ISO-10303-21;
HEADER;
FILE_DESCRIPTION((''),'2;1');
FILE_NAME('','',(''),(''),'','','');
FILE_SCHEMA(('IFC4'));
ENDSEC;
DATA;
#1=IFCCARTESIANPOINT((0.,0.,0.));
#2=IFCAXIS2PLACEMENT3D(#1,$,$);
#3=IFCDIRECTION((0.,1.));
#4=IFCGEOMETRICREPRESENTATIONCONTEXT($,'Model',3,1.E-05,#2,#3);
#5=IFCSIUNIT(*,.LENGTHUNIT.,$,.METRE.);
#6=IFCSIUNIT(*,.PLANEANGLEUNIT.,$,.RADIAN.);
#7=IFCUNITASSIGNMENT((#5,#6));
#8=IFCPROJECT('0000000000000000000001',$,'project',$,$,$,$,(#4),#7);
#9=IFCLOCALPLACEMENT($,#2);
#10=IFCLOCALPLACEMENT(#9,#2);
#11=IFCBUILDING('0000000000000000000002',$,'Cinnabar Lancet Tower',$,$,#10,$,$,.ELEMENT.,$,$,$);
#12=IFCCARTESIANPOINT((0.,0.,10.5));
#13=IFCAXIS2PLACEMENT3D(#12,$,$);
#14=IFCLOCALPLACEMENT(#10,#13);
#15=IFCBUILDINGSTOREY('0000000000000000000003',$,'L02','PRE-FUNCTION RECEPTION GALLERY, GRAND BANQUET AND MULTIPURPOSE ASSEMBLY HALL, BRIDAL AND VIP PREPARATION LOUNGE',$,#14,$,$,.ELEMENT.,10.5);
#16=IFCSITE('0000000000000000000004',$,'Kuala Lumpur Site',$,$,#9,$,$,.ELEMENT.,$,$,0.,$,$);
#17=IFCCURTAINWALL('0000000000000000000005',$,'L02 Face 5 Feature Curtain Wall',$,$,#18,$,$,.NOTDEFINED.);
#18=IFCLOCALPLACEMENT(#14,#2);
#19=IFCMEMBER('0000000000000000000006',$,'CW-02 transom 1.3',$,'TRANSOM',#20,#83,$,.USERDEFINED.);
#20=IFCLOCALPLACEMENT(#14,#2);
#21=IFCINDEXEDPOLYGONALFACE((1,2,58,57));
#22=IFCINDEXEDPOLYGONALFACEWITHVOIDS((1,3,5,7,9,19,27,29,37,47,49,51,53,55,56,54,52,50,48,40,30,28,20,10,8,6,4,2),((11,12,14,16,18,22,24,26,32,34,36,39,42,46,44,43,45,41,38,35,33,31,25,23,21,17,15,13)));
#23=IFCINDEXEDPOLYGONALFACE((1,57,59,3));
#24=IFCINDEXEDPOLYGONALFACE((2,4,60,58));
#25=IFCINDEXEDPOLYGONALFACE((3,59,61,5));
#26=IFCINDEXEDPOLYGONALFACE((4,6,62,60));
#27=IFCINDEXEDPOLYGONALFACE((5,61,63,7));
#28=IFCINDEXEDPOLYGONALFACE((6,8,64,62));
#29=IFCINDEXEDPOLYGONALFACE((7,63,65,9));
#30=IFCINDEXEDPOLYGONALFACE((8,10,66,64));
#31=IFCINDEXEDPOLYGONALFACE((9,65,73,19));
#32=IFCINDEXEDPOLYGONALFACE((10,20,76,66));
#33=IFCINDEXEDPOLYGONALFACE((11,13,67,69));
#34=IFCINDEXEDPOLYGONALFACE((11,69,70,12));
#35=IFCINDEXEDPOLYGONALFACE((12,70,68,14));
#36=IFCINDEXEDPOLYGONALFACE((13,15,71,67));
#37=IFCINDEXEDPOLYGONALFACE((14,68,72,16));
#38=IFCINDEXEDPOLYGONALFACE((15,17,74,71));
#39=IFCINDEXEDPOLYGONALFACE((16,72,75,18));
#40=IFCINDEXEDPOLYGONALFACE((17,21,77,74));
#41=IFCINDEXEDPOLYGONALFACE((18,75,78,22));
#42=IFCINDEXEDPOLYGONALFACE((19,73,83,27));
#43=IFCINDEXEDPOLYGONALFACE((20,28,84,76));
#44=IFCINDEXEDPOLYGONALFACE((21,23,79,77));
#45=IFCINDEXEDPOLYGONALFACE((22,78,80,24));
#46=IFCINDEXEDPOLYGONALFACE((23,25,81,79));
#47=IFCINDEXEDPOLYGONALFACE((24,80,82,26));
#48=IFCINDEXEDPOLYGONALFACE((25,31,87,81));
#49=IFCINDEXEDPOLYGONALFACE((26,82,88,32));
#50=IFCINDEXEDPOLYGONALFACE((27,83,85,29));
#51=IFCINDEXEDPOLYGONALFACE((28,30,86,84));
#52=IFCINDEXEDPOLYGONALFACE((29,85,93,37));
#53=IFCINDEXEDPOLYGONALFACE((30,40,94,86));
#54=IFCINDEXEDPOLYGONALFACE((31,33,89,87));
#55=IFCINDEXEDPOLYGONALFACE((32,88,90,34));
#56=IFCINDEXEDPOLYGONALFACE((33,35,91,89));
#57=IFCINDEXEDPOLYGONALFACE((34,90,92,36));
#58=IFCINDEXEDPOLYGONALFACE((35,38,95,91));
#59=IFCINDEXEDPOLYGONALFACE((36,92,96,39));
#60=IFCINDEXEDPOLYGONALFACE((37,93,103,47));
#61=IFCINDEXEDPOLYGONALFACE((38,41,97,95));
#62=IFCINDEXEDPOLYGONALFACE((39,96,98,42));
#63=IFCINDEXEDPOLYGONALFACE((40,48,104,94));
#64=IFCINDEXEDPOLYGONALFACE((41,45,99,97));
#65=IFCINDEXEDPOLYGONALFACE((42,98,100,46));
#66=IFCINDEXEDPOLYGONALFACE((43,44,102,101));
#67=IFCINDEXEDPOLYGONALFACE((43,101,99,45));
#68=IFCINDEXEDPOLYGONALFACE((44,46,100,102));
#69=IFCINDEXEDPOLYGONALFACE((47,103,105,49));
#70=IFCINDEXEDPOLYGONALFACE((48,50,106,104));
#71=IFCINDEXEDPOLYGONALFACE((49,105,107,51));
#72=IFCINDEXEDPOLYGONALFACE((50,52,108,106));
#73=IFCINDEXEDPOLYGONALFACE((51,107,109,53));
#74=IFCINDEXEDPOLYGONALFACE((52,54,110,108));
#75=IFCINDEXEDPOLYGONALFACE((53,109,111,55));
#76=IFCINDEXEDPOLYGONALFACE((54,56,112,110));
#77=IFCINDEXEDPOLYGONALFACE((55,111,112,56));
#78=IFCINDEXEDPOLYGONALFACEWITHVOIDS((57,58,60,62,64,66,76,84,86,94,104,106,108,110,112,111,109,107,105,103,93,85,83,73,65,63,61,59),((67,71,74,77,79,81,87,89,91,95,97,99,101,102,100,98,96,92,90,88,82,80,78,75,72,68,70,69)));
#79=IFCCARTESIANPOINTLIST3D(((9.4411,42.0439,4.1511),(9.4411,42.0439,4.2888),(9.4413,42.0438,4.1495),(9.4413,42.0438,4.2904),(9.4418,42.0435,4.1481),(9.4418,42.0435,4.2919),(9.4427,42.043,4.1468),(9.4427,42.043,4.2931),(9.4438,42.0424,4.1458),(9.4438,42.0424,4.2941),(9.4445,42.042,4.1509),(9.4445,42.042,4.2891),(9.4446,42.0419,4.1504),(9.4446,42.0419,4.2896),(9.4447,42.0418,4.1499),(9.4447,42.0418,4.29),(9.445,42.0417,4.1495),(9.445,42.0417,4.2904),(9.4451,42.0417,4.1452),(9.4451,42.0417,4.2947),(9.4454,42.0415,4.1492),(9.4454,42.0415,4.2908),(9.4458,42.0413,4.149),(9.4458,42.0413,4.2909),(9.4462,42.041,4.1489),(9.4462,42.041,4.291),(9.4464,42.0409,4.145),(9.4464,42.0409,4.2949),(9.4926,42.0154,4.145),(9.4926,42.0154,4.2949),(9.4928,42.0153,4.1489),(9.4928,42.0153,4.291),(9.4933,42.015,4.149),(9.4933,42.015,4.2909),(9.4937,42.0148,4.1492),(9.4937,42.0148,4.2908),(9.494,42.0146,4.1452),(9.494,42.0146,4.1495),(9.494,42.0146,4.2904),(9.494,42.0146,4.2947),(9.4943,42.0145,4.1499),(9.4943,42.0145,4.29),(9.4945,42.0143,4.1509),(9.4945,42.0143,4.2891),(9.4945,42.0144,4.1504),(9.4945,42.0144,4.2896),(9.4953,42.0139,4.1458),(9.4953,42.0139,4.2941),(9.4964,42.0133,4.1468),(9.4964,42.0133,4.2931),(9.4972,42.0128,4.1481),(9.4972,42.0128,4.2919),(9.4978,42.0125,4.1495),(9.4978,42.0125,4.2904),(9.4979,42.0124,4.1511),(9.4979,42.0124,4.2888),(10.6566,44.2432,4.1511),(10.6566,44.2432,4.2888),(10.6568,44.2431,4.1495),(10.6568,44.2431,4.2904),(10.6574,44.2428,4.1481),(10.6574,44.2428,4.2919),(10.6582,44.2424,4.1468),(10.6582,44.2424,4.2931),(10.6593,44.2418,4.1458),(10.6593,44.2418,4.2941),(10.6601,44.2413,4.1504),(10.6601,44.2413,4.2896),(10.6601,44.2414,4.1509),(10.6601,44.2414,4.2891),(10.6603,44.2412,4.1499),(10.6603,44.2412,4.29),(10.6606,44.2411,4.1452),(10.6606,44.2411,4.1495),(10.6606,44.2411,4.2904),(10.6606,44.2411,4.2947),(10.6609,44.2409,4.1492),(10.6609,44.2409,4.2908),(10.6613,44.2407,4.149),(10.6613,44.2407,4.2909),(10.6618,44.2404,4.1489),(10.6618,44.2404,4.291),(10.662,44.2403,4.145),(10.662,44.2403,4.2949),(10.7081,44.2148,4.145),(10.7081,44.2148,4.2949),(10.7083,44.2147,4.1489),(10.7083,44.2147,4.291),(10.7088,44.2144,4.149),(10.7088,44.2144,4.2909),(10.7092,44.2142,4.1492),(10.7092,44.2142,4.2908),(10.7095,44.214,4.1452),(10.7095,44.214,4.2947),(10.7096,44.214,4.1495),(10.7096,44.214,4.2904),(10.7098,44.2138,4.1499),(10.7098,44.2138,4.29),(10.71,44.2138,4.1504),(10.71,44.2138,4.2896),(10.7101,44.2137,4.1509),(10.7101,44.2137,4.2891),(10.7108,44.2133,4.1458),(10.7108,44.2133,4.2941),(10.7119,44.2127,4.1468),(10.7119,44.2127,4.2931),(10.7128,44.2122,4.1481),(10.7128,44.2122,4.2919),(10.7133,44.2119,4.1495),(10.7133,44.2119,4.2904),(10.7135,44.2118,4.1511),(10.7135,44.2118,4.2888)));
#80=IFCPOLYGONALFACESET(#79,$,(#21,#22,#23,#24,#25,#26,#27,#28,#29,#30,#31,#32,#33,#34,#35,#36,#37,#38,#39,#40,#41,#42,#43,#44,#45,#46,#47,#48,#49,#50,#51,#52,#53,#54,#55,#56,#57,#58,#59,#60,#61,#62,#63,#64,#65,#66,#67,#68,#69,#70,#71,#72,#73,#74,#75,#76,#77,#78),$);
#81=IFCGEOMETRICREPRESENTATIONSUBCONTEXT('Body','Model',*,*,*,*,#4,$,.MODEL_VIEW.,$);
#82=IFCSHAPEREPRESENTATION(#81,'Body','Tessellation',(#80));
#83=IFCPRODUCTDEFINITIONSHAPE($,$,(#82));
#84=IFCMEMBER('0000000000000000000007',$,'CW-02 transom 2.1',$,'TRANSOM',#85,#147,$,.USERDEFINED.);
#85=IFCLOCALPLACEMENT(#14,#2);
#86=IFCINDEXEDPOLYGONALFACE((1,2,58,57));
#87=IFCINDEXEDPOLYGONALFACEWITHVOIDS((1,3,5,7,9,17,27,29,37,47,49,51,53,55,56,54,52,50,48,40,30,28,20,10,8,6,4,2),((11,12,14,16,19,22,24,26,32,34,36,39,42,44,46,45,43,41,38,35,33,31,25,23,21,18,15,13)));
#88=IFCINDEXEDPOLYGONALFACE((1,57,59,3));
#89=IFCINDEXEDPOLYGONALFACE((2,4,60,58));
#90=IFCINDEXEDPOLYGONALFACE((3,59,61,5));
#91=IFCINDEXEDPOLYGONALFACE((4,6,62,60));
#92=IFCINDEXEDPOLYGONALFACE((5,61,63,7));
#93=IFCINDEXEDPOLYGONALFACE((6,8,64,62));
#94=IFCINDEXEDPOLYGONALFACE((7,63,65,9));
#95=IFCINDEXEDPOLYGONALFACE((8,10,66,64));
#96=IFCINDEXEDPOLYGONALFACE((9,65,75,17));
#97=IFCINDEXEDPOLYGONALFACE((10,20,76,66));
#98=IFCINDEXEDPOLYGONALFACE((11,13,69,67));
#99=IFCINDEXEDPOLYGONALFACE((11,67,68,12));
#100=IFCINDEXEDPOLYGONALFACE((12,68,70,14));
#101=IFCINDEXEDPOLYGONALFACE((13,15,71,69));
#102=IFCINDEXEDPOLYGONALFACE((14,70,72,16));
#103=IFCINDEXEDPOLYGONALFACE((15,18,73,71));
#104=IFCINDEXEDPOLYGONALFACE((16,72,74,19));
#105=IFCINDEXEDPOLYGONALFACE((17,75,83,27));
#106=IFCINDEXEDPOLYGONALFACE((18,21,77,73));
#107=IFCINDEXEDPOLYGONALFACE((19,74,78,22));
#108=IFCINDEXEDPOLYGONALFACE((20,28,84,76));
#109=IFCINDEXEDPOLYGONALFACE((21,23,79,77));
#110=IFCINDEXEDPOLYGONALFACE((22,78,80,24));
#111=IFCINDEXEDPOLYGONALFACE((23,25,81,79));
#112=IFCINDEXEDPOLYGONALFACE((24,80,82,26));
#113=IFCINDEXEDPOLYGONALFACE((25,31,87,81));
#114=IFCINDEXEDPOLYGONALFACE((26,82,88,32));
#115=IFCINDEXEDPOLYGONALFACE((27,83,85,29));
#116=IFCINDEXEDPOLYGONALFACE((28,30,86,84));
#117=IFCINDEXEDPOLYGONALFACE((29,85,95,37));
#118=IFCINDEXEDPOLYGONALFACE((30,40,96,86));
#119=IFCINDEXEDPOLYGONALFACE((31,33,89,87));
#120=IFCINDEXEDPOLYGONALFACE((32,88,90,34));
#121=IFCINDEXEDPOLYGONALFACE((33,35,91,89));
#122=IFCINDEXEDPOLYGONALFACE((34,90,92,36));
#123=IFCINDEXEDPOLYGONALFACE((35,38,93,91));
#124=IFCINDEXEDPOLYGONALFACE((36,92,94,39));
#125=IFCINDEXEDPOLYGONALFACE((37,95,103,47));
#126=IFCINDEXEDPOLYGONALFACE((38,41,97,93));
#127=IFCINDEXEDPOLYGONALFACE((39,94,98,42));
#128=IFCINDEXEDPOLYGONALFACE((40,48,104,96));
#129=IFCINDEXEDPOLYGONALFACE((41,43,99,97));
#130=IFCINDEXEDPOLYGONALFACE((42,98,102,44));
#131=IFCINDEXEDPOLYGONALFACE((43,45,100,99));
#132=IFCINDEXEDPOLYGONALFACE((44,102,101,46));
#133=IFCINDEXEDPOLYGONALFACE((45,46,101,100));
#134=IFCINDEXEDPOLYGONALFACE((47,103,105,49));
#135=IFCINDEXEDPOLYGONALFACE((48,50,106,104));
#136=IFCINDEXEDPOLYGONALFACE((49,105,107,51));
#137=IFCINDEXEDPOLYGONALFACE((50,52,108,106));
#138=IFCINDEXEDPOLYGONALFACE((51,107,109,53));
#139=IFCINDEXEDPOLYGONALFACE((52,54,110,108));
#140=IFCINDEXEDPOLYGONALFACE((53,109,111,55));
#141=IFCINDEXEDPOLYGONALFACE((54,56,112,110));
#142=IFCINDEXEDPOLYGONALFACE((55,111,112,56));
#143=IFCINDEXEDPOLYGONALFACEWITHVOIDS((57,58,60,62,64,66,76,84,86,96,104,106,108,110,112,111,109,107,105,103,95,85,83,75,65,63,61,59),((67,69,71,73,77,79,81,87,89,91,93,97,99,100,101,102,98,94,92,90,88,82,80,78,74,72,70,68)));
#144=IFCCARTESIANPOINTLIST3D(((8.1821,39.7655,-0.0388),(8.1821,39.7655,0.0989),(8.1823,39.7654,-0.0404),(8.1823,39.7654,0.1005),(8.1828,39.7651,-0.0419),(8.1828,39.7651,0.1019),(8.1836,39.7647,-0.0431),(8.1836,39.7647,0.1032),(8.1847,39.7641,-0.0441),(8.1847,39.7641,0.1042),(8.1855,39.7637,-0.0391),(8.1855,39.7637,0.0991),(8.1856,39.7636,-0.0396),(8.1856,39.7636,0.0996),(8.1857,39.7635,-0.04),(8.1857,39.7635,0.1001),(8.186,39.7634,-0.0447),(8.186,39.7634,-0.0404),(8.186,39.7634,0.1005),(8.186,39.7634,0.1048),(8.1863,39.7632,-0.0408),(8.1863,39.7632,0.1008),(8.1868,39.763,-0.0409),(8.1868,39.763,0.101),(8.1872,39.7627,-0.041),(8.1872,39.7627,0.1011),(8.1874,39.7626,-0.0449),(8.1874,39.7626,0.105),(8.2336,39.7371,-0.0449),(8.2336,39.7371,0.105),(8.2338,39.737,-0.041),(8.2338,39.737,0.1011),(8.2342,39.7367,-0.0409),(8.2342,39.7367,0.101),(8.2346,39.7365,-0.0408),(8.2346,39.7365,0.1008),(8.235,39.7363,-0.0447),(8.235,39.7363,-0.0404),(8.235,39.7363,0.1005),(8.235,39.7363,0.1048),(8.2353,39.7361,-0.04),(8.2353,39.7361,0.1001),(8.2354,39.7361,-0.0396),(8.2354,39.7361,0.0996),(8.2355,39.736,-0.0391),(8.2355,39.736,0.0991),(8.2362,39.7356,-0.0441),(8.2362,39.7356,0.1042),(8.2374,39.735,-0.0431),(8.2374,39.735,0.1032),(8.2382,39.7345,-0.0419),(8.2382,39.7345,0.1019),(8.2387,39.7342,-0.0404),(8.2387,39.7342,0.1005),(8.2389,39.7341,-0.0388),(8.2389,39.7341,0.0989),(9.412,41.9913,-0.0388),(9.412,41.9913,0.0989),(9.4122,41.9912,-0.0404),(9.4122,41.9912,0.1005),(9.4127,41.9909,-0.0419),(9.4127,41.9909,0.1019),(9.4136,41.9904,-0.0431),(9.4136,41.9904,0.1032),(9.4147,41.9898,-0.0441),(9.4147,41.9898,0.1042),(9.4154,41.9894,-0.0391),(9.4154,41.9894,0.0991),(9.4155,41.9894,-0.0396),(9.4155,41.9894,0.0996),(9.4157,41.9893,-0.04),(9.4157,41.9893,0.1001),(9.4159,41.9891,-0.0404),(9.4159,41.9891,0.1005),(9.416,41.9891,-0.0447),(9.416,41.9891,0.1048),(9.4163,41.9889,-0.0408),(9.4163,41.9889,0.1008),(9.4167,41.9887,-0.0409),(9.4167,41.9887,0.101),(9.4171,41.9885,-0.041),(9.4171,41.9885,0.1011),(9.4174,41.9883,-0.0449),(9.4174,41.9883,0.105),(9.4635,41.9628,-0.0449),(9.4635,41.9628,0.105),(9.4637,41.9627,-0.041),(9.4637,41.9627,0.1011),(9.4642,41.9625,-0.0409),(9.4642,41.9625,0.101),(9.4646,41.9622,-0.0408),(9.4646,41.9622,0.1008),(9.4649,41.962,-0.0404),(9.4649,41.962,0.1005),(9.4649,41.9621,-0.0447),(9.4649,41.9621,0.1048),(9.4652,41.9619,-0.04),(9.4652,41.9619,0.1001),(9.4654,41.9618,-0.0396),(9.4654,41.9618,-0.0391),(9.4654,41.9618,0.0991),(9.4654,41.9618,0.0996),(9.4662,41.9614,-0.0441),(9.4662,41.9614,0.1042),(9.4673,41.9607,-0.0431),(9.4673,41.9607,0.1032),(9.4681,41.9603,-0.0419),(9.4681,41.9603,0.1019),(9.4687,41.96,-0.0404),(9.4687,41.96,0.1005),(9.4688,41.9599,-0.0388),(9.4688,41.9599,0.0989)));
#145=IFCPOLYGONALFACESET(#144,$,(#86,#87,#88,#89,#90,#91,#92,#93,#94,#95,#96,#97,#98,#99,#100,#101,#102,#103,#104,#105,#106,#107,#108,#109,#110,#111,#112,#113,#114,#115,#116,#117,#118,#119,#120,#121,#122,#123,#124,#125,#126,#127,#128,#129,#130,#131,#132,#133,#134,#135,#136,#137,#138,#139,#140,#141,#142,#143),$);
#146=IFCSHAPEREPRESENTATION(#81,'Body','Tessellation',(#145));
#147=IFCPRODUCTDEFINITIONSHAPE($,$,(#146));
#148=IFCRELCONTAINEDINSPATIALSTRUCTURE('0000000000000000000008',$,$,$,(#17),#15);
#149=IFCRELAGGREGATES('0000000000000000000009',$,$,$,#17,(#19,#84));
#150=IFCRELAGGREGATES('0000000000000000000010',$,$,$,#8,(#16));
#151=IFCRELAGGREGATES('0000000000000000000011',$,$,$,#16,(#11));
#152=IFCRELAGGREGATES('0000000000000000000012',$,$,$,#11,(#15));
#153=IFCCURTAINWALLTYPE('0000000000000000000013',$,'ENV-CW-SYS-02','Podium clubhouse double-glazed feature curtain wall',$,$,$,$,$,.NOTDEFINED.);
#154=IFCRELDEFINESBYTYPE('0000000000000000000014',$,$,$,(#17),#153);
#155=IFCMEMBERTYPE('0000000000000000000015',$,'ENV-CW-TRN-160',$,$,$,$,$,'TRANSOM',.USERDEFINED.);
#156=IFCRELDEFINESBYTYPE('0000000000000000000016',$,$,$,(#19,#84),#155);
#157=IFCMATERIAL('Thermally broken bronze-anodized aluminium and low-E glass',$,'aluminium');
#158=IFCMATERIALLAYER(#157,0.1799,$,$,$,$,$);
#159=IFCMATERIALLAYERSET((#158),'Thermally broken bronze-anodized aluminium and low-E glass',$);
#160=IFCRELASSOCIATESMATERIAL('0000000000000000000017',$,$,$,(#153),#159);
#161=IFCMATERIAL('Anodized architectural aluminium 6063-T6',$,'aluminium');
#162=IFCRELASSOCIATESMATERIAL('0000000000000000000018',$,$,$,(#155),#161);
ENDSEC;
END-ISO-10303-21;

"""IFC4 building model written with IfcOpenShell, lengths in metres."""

from ifc_helpers import new_model, si_unit, direction, frame, origin, origin_2d, place, context, subcontext, project, spatial, hollow_rectangle, extrude, material, layer, layer_set, material_profile, profile_set, type_object, element, aggregate, save


model = new_model("IFC4")

# Units and contexts
model_context = context("Model", 3, precision=1e-05, world=origin(), true_north=direction((0.0, 1.0)))
body_context = subcontext(model_context, "Body", "Model", "MODEL_VIEW")
ifc_project = project(units=[si_unit("LENGTHUNIT", "METRE"), si_unit("PLANEANGLEUNIT", "RADIAN")], contexts=[model_context])

# Site, building, storey
site_placement = place(None, origin())
site = spatial("IfcSite", under=ifc_project, at=site_placement, Name="Kuala Lumpur Site", CompositionType="ELEMENT", RefElevation=0.0)
building_placement = place(site_placement, origin())
building = spatial("IfcBuilding", under=site, at=building_placement, Name="Cinnabar Lancet Tower", CompositionType="ELEMENT")
storey_placement = place(building_placement, frame((0.0, 0.0, 10.5)))
storey = spatial("IfcBuildingStorey", under=building, at=storey_placement, Name="L02", Description="PRE-FUNCTION RECEPTION GALLERY, GRAND BANQUET AND MULTIPURPOSE ASSEMBLY HALL, BRIDAL AND VIP PREPARATION LOUNGE", CompositionType="ELEMENT", Elevation=10.5)

# Curtain wall, members
ifc_material_1 = material(Name="Thermally broken bronze-anodized aluminium and low-E glass", Category="aluminium")
ifc_layer_1 = layer(ifc_material_1, 0.1799)
ifc_layer_set_1 = layer_set([ifc_layer_1], Name="Thermally broken bronze-anodized aluminium and low-E glass")
curtain_wall_type = type_object("IfcCurtainWallType", Name="ENV-CW-SYS-02", Description="Podium clubhouse double-glazed feature curtain wall", PredefinedType="NOTDEFINED", material=ifc_layer_set_1)
curtain_wall_placement = place(storey_placement, origin())
curtain_wall = element("IfcCurtainWall", 1, at=curtain_wall_placement, inside=storey, type_object=curtain_wall_type, Name="L02 Face 5 Feature Curtain Wall", PredefinedType="NOTDEFINED")
ifc_material_2 = material(Name="Anodized architectural aluminium 6063-T6", Category="aluminium")
ifc_material_profile_1 = material_profile(ifc_material_2, hollow_rectangle(XDim=0.0649, YDim=0.1499, WallThickness=0.0039, InnerFilletRadius=0.002, OuterFilletRadius=0.0061, at=origin_2d()), Name="CW-TRN 150x65x4")
ifc_profile_set_1 = profile_set([ifc_material_profile_1], Name="Anodized architectural aluminium 6063-T6")
member_type_1 = type_object("IfcMemberType", Name="ENV-CW-TRN-160", ElementType="TRANSOM", PredefinedType="USERDEFINED", material=ifc_profile_set_1)
member_1_placement = place(storey_placement, frame((10.6851, 44.2275, 4.22), z_axis=(-0.483712, -0.875227, 0.0), x_axis=(0.875227, -0.483712, 0.0)))
member_1 = element("IfcMember", 2, at=member_1_placement, type_object=member_type_1, Name="CW-02 transom 1.3", ObjectType="TRANSOM", PredefinedType="USERDEFINED", context=body_context, shape_type="SweptSolid", body=[
    extrude(hollow_rectangle(XDim=0.0649, YDim=0.1499, WallThickness=0.0039, InnerFilletRadius=0.002, OuterFilletRadius=0.0061, at=origin_2d()), origin(), (0.0, 0.0, 1.0), 2.5129),
])
member_2_placement = place(storey_placement, frame((9.4404, 41.9756, 0.03), z_axis=(-0.483661, -0.875255, 0.0), x_axis=(0.875255, -0.483661, 0.0)))
member_2 = element("IfcMember", 3, at=member_2_placement, type_object=member_type_1, Name="CW-02 transom 2.1", ObjectType="TRANSOM", PredefinedType="USERDEFINED", context=body_context, shape_type="SweptSolid", body=[
    extrude(hollow_rectangle(XDim=0.0649, YDim=0.1499, WallThickness=0.0039, InnerFilletRadius=0.002, OuterFilletRadius=0.0061, at=origin_2d()), origin(), (0.0, 0.0, 1.0), 2.543),
])

aggregate(curtain_wall, [member_1, member_2])

save(model, "model.ifc")
